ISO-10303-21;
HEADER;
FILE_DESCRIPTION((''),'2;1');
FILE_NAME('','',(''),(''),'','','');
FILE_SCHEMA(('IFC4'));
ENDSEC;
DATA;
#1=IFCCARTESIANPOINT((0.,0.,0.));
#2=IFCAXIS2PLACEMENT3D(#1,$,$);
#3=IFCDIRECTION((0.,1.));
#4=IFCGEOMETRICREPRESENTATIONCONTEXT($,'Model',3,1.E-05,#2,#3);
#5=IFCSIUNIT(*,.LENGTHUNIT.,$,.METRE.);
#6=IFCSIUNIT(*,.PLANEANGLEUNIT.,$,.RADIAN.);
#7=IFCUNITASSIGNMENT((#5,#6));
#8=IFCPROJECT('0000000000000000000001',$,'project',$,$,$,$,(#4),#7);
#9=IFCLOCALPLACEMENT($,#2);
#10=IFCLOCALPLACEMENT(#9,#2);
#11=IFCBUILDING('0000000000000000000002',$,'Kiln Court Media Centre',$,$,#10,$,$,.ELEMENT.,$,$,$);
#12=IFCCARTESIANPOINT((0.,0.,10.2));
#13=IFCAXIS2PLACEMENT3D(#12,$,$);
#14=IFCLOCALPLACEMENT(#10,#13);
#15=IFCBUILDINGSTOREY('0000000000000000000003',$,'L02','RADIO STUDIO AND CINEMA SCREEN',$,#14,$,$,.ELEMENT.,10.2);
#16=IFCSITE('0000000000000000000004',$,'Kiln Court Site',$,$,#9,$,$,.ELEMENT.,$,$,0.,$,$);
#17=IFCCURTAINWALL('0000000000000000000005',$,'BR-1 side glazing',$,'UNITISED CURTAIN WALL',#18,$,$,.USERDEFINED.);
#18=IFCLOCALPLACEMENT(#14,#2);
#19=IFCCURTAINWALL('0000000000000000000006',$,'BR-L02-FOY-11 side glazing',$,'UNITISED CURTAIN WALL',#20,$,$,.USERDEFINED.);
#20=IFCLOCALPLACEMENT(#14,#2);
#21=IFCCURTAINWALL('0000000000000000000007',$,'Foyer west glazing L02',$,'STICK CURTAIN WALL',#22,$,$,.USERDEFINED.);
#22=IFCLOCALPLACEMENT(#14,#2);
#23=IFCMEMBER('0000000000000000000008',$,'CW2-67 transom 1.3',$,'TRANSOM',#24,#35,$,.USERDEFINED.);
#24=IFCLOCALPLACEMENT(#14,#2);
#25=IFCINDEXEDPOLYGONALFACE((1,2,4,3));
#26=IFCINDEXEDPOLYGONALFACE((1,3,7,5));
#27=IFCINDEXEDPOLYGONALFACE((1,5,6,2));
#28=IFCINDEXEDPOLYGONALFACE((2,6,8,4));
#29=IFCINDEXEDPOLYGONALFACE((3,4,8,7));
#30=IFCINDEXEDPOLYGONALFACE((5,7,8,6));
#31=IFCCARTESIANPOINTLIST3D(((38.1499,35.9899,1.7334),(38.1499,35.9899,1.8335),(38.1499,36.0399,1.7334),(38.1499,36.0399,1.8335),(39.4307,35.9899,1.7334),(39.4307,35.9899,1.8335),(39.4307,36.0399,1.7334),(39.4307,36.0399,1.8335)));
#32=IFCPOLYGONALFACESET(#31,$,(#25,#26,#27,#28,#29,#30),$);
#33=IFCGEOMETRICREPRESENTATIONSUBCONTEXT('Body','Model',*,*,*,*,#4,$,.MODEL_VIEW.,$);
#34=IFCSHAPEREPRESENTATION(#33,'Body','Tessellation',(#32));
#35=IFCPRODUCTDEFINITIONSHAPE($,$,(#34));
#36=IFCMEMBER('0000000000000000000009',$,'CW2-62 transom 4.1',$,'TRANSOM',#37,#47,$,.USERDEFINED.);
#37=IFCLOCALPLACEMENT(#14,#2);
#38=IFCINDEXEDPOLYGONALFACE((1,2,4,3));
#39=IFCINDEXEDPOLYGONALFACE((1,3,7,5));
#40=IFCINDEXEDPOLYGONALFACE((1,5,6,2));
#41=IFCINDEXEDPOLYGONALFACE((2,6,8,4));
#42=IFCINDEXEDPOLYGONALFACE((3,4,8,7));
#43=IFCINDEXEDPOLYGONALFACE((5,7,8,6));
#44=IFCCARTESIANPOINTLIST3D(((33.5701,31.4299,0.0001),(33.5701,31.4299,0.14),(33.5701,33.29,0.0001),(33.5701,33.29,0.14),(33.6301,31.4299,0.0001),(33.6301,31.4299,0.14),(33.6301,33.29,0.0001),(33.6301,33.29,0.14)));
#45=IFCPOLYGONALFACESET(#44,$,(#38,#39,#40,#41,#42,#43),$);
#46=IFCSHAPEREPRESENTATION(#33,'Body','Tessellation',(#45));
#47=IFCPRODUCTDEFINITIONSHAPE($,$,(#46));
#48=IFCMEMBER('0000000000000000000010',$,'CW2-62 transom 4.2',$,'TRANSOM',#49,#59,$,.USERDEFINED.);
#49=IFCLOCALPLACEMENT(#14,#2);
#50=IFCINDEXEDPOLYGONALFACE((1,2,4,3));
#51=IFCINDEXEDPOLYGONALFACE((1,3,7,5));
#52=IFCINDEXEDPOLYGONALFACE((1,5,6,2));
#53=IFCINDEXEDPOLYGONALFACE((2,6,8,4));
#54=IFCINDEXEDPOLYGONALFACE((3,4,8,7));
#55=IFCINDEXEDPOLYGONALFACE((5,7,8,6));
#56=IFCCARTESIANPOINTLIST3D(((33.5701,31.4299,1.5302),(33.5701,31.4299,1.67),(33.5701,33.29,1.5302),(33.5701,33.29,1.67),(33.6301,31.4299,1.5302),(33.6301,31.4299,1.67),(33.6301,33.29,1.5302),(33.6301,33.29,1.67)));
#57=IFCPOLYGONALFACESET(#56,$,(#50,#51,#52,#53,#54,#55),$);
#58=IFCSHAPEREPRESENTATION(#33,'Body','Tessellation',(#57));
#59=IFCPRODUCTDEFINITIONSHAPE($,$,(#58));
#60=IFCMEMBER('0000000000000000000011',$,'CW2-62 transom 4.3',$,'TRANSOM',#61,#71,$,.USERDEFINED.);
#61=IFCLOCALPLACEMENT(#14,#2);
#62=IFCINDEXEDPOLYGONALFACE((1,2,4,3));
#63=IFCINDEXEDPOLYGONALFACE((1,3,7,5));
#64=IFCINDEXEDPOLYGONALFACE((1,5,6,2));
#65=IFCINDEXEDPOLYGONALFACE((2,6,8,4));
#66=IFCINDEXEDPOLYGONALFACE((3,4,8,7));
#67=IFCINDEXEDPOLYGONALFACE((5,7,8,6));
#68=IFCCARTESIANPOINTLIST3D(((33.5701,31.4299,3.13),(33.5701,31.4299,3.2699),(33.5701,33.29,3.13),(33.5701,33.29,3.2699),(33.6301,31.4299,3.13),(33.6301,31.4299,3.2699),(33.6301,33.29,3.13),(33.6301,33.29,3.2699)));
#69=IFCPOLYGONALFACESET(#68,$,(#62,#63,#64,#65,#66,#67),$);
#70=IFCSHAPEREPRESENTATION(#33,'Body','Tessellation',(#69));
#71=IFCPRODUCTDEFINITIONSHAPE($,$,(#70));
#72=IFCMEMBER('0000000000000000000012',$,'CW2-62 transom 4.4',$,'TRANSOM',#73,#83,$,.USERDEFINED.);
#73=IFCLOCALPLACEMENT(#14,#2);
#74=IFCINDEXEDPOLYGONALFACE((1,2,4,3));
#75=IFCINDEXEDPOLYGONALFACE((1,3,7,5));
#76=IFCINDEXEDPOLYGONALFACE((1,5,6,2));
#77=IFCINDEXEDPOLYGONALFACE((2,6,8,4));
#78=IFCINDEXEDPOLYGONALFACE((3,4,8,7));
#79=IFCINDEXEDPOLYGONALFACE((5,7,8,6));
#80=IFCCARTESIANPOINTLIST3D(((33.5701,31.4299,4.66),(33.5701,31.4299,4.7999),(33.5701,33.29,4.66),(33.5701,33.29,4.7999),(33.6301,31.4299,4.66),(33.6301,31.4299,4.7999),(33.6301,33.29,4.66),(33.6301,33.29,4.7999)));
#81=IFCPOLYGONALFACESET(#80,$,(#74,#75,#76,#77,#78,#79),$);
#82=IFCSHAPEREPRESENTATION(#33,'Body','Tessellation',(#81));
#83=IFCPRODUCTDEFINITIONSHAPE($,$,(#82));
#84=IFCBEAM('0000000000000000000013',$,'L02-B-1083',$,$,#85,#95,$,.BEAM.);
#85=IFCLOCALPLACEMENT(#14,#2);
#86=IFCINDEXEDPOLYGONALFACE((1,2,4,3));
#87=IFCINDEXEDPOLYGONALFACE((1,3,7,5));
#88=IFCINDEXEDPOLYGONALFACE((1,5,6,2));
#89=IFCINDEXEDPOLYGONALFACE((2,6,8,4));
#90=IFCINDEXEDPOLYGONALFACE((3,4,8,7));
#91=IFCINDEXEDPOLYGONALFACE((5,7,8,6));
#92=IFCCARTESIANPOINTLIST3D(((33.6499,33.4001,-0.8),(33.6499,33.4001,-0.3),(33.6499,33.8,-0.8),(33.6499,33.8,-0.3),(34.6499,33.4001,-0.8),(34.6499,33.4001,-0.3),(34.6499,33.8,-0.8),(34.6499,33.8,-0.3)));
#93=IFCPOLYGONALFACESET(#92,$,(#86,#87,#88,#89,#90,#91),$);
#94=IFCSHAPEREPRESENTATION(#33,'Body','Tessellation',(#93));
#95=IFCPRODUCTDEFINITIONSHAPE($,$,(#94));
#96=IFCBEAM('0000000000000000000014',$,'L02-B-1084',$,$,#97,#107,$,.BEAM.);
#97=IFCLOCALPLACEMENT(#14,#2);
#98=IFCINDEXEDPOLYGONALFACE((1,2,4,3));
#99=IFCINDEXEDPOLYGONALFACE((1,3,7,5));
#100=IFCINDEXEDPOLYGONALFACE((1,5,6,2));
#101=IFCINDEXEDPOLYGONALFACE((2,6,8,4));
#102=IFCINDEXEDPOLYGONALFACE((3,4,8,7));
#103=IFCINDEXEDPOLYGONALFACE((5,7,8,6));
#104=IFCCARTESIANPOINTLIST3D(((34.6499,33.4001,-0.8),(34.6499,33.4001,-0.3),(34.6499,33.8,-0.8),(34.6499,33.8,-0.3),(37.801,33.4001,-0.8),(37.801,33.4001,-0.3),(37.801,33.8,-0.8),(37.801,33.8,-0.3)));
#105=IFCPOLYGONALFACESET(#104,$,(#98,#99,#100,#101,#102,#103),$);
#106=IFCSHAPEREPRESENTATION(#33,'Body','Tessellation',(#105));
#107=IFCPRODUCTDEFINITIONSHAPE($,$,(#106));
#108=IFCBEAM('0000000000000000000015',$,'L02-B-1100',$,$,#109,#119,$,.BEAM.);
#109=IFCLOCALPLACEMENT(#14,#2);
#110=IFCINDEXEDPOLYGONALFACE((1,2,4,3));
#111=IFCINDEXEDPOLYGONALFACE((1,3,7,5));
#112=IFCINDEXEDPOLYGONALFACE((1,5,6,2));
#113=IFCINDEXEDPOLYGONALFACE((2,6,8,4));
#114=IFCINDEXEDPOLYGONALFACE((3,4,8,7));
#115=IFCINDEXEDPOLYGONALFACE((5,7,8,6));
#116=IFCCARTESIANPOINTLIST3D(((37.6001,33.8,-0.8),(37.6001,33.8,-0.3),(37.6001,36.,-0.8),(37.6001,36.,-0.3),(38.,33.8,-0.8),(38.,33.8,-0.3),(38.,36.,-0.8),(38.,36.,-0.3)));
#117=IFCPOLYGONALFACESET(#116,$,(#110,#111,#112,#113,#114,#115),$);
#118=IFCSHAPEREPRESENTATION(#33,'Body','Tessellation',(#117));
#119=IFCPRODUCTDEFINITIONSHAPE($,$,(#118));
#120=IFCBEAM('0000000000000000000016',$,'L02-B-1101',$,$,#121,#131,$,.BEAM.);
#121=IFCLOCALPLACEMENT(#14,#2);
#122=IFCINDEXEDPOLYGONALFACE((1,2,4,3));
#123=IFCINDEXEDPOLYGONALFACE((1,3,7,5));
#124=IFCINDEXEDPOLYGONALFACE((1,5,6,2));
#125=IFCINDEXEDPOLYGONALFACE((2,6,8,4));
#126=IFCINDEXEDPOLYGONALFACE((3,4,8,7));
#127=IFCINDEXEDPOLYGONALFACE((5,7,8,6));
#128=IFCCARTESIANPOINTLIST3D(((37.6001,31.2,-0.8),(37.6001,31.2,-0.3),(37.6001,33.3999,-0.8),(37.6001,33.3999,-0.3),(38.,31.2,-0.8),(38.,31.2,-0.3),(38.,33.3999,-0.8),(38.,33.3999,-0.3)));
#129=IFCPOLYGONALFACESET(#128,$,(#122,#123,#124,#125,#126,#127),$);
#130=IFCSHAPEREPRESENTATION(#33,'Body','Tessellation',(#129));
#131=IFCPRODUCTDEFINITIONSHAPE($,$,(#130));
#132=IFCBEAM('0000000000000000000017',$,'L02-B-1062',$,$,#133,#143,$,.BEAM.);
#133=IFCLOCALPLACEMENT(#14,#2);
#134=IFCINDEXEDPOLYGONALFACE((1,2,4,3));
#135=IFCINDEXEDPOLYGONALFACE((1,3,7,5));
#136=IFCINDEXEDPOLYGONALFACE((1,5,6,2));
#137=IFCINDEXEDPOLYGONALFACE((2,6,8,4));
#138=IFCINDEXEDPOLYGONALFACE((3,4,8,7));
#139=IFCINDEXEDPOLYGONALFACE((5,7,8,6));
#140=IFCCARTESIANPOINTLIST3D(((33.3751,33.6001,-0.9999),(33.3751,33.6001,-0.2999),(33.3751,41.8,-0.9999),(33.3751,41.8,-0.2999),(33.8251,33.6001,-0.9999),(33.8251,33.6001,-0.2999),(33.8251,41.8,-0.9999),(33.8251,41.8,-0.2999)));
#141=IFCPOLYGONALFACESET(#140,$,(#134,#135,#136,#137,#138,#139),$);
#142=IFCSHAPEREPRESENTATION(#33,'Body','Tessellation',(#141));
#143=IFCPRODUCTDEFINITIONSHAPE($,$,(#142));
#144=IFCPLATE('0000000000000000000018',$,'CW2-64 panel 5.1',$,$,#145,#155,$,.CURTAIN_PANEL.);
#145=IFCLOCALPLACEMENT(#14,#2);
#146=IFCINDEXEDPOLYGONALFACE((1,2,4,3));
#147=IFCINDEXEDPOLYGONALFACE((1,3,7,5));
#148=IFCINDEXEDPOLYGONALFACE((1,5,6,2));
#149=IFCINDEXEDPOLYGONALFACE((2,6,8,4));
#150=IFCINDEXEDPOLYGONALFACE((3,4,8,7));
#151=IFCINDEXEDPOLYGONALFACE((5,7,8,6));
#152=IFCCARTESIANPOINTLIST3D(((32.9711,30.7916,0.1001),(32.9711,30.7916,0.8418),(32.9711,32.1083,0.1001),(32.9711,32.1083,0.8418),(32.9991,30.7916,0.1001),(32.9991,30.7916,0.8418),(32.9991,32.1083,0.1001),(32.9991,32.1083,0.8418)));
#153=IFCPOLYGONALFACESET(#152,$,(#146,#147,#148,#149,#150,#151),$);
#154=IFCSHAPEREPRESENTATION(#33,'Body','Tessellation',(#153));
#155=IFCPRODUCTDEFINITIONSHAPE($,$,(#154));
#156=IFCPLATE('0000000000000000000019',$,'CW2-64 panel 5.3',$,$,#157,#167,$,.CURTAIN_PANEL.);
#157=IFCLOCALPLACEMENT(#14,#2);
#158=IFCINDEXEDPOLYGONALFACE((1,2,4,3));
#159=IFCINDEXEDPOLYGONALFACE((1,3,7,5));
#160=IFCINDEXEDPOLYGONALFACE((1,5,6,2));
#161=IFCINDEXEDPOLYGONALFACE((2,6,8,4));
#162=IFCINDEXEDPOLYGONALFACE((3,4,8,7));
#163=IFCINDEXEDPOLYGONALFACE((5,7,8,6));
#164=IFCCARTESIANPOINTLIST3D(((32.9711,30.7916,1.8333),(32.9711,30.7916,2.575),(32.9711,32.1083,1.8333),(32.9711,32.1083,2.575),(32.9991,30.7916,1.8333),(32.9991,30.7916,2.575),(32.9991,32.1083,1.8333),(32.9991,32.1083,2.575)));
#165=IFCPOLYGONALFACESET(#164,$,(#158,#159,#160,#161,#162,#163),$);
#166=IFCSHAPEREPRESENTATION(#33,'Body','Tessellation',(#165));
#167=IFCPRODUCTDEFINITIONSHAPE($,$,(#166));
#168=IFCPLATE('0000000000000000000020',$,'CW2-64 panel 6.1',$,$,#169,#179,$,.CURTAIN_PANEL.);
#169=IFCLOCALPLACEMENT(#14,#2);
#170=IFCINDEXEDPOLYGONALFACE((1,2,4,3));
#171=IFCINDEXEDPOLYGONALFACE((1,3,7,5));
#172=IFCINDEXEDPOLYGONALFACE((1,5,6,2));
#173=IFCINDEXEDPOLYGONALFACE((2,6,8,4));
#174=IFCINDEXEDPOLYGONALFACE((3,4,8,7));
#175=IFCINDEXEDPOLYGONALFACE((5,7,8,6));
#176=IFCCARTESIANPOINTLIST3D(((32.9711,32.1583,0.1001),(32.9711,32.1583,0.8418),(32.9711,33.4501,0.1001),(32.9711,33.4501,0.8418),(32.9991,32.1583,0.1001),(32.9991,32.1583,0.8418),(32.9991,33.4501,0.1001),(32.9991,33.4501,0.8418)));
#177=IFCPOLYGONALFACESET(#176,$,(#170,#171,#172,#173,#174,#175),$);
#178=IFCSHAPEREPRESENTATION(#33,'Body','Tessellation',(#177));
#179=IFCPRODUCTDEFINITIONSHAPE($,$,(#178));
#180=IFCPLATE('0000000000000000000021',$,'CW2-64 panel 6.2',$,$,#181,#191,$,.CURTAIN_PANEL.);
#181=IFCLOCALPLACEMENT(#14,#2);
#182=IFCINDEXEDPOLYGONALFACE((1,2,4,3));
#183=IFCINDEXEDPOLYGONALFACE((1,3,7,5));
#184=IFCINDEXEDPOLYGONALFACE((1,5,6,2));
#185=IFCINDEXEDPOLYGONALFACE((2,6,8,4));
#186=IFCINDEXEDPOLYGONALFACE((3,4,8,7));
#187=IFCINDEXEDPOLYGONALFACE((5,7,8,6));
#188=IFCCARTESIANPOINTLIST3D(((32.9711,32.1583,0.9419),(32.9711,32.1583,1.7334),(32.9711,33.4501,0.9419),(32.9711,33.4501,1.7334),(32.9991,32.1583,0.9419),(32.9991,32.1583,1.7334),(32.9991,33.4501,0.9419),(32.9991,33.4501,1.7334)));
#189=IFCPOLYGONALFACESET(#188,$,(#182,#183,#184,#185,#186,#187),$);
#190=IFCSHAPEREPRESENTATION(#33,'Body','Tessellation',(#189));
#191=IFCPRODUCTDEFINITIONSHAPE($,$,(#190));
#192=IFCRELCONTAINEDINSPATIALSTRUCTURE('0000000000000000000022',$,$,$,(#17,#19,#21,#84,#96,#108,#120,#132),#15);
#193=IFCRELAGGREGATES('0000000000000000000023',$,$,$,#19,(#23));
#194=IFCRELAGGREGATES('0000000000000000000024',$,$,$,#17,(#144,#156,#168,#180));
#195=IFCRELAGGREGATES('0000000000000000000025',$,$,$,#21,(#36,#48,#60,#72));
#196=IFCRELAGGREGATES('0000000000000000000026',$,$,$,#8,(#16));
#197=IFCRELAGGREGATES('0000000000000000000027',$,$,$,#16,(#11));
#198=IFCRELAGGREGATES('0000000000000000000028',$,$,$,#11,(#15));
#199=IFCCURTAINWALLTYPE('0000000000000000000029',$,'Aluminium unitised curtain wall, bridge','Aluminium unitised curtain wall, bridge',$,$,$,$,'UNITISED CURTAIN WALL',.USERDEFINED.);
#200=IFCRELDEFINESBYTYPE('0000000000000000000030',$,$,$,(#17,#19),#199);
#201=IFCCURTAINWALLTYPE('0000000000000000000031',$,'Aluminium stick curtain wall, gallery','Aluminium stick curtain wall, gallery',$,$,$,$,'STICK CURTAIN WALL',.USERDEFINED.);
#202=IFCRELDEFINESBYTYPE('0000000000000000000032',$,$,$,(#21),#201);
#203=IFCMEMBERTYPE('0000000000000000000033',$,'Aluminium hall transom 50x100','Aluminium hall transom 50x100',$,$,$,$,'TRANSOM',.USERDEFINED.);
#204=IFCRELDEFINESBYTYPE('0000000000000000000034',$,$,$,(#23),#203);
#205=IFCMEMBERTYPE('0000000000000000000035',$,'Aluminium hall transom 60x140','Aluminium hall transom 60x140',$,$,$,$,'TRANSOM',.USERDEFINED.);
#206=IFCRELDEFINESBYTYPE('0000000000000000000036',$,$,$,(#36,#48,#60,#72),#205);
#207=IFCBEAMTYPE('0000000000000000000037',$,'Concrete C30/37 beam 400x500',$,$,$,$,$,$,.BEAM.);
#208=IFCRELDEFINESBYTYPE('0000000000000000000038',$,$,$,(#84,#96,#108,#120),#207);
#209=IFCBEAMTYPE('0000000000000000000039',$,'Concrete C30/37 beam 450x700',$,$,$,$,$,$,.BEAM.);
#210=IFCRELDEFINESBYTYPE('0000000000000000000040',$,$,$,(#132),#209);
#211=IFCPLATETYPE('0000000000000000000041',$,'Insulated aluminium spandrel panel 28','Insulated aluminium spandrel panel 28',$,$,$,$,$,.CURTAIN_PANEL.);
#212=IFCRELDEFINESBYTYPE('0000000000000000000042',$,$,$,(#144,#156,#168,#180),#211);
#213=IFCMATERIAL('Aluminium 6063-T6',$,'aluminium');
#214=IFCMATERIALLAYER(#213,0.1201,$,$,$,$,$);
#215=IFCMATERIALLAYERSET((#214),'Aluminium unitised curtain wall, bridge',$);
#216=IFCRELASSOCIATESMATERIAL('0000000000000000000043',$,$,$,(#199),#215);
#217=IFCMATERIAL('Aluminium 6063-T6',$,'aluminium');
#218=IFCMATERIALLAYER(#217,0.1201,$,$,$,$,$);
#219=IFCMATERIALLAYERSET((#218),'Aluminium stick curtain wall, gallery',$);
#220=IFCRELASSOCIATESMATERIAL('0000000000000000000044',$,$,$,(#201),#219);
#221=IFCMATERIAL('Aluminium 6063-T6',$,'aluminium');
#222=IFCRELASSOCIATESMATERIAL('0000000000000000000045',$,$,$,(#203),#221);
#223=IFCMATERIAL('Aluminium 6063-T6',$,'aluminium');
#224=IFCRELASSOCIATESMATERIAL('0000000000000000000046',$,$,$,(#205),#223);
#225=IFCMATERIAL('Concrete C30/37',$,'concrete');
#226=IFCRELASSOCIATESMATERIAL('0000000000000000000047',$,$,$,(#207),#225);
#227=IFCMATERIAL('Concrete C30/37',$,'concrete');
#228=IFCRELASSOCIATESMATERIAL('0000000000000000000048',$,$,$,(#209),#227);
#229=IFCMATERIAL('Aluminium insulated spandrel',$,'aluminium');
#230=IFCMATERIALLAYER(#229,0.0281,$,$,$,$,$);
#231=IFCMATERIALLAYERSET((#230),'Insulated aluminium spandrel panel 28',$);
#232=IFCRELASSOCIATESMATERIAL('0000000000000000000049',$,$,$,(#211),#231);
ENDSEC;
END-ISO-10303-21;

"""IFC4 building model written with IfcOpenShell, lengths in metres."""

from ifc_helpers import new_model, si_unit, direction, frame, origin, origin_2d, place, context, subcontext, project, spatial, rectangle, extrude, material, layer, layer_set, material_profile, profile_set, type_object, element, aggregate, save


model = new_model("IFC4")

# Units and contexts
model_context = context("Model", 3, precision=1e-05, world=origin(), true_north=direction((0.0, 1.0)))
body_context = subcontext(model_context, "Body", "Model", "MODEL_VIEW")
ifc_project = project(units=[si_unit("LENGTHUNIT", "METRE"), si_unit("PLANEANGLEUNIT", "RADIAN")], contexts=[model_context])

# Site, building, storey
site_placement = place(None, origin())
site = spatial("IfcSite", under=ifc_project, at=site_placement, Name="Kiln Court Site", CompositionType="ELEMENT", RefElevation=0.0)
building_placement = place(site_placement, origin())
building = spatial("IfcBuilding", under=site, at=building_placement, Name="Kiln Court Media Centre", CompositionType="ELEMENT")
storey_placement = place(building_placement, frame((0.0, 0.0, 10.2)))
storey = spatial("IfcBuildingStorey", under=building, at=storey_placement, Name="L02", Description="RADIO STUDIO AND CINEMA SCREEN", CompositionType="ELEMENT", Elevation=10.2)

# Curtain wall
ifc_material_1 = material(Name="Aluminium 6063-T6", Category="aluminium")
ifc_layer_1 = layer(ifc_material_1, 0.1201)
ifc_layer_set_1 = layer_set([ifc_layer_1], Name="Aluminium unitised curtain wall, bridge")
curtain_wall_type_1 = type_object("IfcCurtainWallType", Name="Aluminium unitised curtain wall, bridge", Description="Aluminium unitised curtain wall, bridge", ElementType="UNITISED CURTAIN WALL", PredefinedType="USERDEFINED", material=ifc_layer_set_1)
curtain_wall_1_placement = place(storey_placement, origin())
curtain_wall_1 = element("IfcCurtainWall", 1, at=curtain_wall_1_placement, inside=storey, type_object=curtain_wall_type_1, Name="BR-1 side glazing", ObjectType="UNITISED CURTAIN WALL", PredefinedType="USERDEFINED")

# Curtain walls
curtain_wall_2_placement = place(storey_placement, origin())
curtain_wall_2 = element("IfcCurtainWall", 2, at=curtain_wall_2_placement, inside=storey, type_object=curtain_wall_type_1, Name="BR-L02-FOY-11 side glazing", ObjectType="UNITISED CURTAIN WALL", PredefinedType="USERDEFINED")
ifc_material_2 = material(Name="Aluminium 6063-T6", Category="aluminium")
ifc_layer_2 = layer(ifc_material_2, 0.1201)
ifc_layer_set_2 = layer_set([ifc_layer_2], Name="Aluminium stick curtain wall, gallery")
curtain_wall_type_2 = type_object("IfcCurtainWallType", Name="Aluminium stick curtain wall, gallery", Description="Aluminium stick curtain wall, gallery", ElementType="STICK CURTAIN WALL", PredefinedType="USERDEFINED", material=ifc_layer_set_2)
curtain_wall_3_placement = place(storey_placement, origin())
curtain_wall_3 = element("IfcCurtainWall", 3, at=curtain_wall_3_placement, inside=storey, type_object=curtain_wall_type_2, Name="Foyer west glazing L02", ObjectType="STICK CURTAIN WALL", PredefinedType="USERDEFINED")

# Members
ifc_material_3 = material(Name="Aluminium 6063-T6", Category="aluminium")
ifc_material_profile_1 = material_profile(ifc_material_3, rectangle(XDim=0.05, YDim=0.1001, at=origin_2d()), Name="Aluminium hall transom 50x100")
ifc_profile_set_1 = profile_set([ifc_material_profile_1], Name="Aluminium 6063-T6")
member_type_1 = type_object("IfcMemberType", Name="Aluminium hall transom 50x100", Description="Aluminium hall transom 50x100", ElementType="TRANSOM", PredefinedType="USERDEFINED", material=ifc_profile_set_1)
member_1_placement = place(storey_placement, frame((38.1499, 36.0149, 1.7834), z_axis=(1.0, 0.0, 0.0), x_axis=(0.0, 1.0, 0.0)))
member_1 = element("IfcMember", 4, at=member_1_placement, type_object=member_type_1, Name="CW2-67 transom 1.3", ObjectType="TRANSOM", PredefinedType="USERDEFINED", context=body_context, shape_type="SweptSolid", body=[
    extrude(rectangle(XDim=0.05, YDim=0.1001, at=origin_2d()), origin(), (0.0, 0.0, 1.0), 1.2808),
])
aggregate(curtain_wall_2, [member_1])
ifc_material_4 = material(Name="Aluminium 6063-T6", Category="aluminium")
ifc_material_profile_2 = material_profile(ifc_material_4, rectangle(XDim=0.0601, YDim=0.1399, at=origin_2d()), Name="Aluminium hall transom 60x140")
ifc_profile_set_2 = profile_set([ifc_material_profile_2], Name="Aluminium 6063-T6")
member_type_2 = type_object("IfcMemberType", Name="Aluminium hall transom 60x140", Description="Aluminium hall transom 60x140", ElementType="TRANSOM", PredefinedType="USERDEFINED", material=ifc_profile_set_2)
member_2_placement = place(storey_placement, frame((33.6001, 31.4299, 0.0701), z_axis=(0.0, 1.0, 0.0), x_axis=(-1.0, 0.0, 0.0)))
member_2 = element("IfcMember", 5, at=member_2_placement, type_object=member_type_2, Name="CW2-62 transom 4.1", ObjectType="TRANSOM", PredefinedType="USERDEFINED", context=body_context, shape_type="SweptSolid", body=[
    extrude(rectangle(XDim=0.0601, YDim=0.1399, at=origin_2d()), origin(), (0.0, 0.0, 1.0), 1.8601),
])
member_3_placement = place(storey_placement, frame((33.6001, 31.4299, 1.6001), z_axis=(0.0, 1.0, 0.0), x_axis=(-1.0, 0.0, 0.0)))
member_3 = element("IfcMember", 6, at=member_3_placement, type_object=member_type_2, Name="CW2-62 transom 4.2", ObjectType="TRANSOM", PredefinedType="USERDEFINED", context=body_context, shape_type="SweptSolid", body=[
    extrude(rectangle(XDim=0.0601, YDim=0.1399, at=origin_2d()), origin(), (0.0, 0.0, 1.0), 1.8601),
])
member_4_placement = place(storey_placement, frame((33.6001, 31.4299, 3.2), z_axis=(0.0, 1.0, 0.0), x_axis=(-1.0, 0.0, 0.0)))
member_4 = element("IfcMember", 7, at=member_4_placement, type_object=member_type_2, Name="CW2-62 transom 4.3", ObjectType="TRANSOM", PredefinedType="USERDEFINED", context=body_context, shape_type="SweptSolid", body=[
    extrude(rectangle(XDim=0.0601, YDim=0.1399, at=origin_2d()), origin(), (0.0, 0.0, 1.0), 1.8601),
])
member_5_placement = place(storey_placement, frame((33.6001, 31.4299, 4.73), z_axis=(0.0, 1.0, 0.0), x_axis=(-1.0, 0.0, 0.0)))
member_5 = element("IfcMember", 8, at=member_5_placement, type_object=member_type_2, Name="CW2-62 transom 4.4", ObjectType="TRANSOM", PredefinedType="USERDEFINED", context=body_context, shape_type="SweptSolid", body=[
    extrude(rectangle(XDim=0.0601, YDim=0.1399, at=origin_2d()), origin(), (0.0, 0.0, 1.0), 1.8601),
])

# Beams
ifc_material_5 = material(Name="Concrete C30/37", Category="concrete")
ifc_material_profile_3 = material_profile(ifc_material_5, rectangle(XDim=0.3999, YDim=0.5, at=origin_2d()), Name="RC 400x500")
ifc_profile_set_3 = profile_set([ifc_material_profile_3], Name="Concrete C30/37")
beam_type_1 = type_object("IfcBeamType", Name="Concrete C30/37 beam 400x500", PredefinedType="BEAM", material=ifc_profile_set_3)
beam_1_placement = place(storey_placement, frame((33.6499, 33.6001, -0.55), z_axis=(1.0, 0.0, 0.0), x_axis=(0.0, 1.0, 0.0)))
element("IfcBeam", 9, at=beam_1_placement, inside=storey, type_object=beam_type_1, Name="L02-B-1083", PredefinedType="BEAM", context=body_context, shape_type="SweptSolid", body=[
    extrude(rectangle(XDim=0.3999, YDim=0.5, at=origin_2d()), origin(), (0.0, 0.0, 1.0), 1.0),
])
beam_2_placement = place(storey_placement, frame((34.6499, 33.6001, -0.55), z_axis=(1.0, 0.0, 0.0), x_axis=(0.0, 1.0, 0.0)))
element("IfcBeam", 10, at=beam_2_placement, inside=storey, type_object=beam_type_1, Name="L02-B-1084", PredefinedType="BEAM", context=body_context, shape_type="SweptSolid", body=[
    extrude(rectangle(XDim=0.3999, YDim=0.5, at=origin_2d()), origin(), (0.0, 0.0, 1.0), 3.1511),
])
for number, where, z_axis, x_axis, name in (
    (11, (37.8, 36.0, -0.55), (0.0, -1.0, 0.0), (1.0, 0.0, 0.0), "L02-B-1100"),
    (12, (37.8, 33.3999, -0.55), (0.0, -1.0, 0.0), (1.0, 0.0, 0.0), "L02-B-1101"),
):
    element("IfcBeam", number, at=place(storey_placement, frame(where, z_axis=z_axis, x_axis=x_axis)), inside=storey, type_object=beam_type_1, Name=name, PredefinedType="BEAM", context=body_context, shape_type="SweptSolid", body=[
        extrude(rectangle(XDim=0.3999, YDim=0.5, at=origin_2d()), origin(), (0.0, 0.0, 1.0), 2.2),
    ])
ifc_material_6 = material(Name="Concrete C30/37", Category="concrete")
ifc_material_profile_4 = material_profile(ifc_material_6, rectangle(XDim=0.45, YDim=0.7, at=origin_2d()), Name="RC 450x700")
ifc_profile_set_4 = profile_set([ifc_material_profile_4], Name="Concrete C30/37")
beam_type_2 = type_object("IfcBeamType", Name="Concrete C30/37 beam 450x700", PredefinedType="BEAM", material=ifc_profile_set_4)
beam_3_placement = place(storey_placement, frame((33.6001, 33.6001, -0.6499), z_axis=(0.0, 1.0, 0.0), x_axis=(-1.0, 0.0, 0.0)))
element("IfcBeam", 13, at=beam_3_placement, inside=storey, type_object=beam_type_2, Name="L02-B-1062", PredefinedType="BEAM", context=body_context, shape_type="SweptSolid", body=[
    extrude(rectangle(XDim=0.45, YDim=0.7, at=origin_2d()), origin(), (0.0, 0.0, 1.0), 8.2),
])

# Plates
ifc_material_7 = material(Name="Aluminium insulated spandrel", Category="aluminium")
ifc_layer_3 = layer(ifc_material_7, 0.0281)
ifc_layer_set_3 = layer_set([ifc_layer_3], Name="Insulated aluminium spandrel panel 28")
plate_type_1 = type_object("IfcPlateType", Name="Insulated aluminium spandrel panel 28", Description="Insulated aluminium spandrel panel 28", PredefinedType="CURTAIN_PANEL", material=ifc_layer_set_3)
plate_1_placement = place(storey_placement, frame((32.9851, 31.45, 0.1001), z_axis=(0.0, 0.0, 1.0), x_axis=(0.0, 1.0, 0.0)))
plate_1 = element("IfcPlate", 14, at=plate_1_placement, type_object=plate_type_1, Name="CW2-64 panel 5.1", PredefinedType="CURTAIN_PANEL", context=body_context, shape_type="SweptSolid", body=[
    extrude(rectangle(XDim=1.3167, YDim=0.0281, at=origin_2d()), origin(), (0.0, 0.0, 1.0), 0.7417),
])
plate_2_placement = place(storey_placement, frame((32.9851, 31.45, 1.8333), z_axis=(0.0, 0.0, 1.0), x_axis=(0.0, 1.0, 0.0)))
plate_2 = element("IfcPlate", 15, at=plate_2_placement, type_object=plate_type_1, Name="CW2-64 panel 5.3", PredefinedType="CURTAIN_PANEL", context=body_context, shape_type="SweptSolid", body=[
    extrude(rectangle(XDim=1.3167, YDim=0.0281, at=origin_2d()), origin(), (0.0, 0.0, 1.0), 0.7417),
])
plate_3_placement = place(storey_placement, frame((32.9851, 32.8042, 0.1001), z_axis=(0.0, 0.0, 1.0), x_axis=(0.0, 1.0, 0.0)))
plate_3 = element("IfcPlate", 16, at=plate_3_placement, type_object=plate_type_1, Name="CW2-64 panel 6.1", PredefinedType="CURTAIN_PANEL", context=body_context, shape_type="SweptSolid", body=[
    extrude(rectangle(XDim=1.2917, YDim=0.0281, at=origin_2d()), origin(), (0.0, 0.0, 1.0), 0.7417),
])
plate_4_placement = place(storey_placement, frame((32.9851, 32.8042, 0.9419), z_axis=(0.0, 0.0, 1.0), x_axis=(0.0, 1.0, 0.0)))
plate_4 = element("IfcPlate", 17, at=plate_4_placement, type_object=plate_type_1, Name="CW2-64 panel 6.2", PredefinedType="CURTAIN_PANEL", context=body_context, shape_type="SweptSolid", body=[
    extrude(rectangle(XDim=1.2917, YDim=0.0281, at=origin_2d()), origin(), (0.0, 0.0, 1.0), 0.7915),
])
aggregate(curtain_wall_1, [plate_1, plate_2, plate_3, plate_4])
aggregate(curtain_wall_3, [member_2, member_3, member_4, member_5])

save(model, "model.ifc")
